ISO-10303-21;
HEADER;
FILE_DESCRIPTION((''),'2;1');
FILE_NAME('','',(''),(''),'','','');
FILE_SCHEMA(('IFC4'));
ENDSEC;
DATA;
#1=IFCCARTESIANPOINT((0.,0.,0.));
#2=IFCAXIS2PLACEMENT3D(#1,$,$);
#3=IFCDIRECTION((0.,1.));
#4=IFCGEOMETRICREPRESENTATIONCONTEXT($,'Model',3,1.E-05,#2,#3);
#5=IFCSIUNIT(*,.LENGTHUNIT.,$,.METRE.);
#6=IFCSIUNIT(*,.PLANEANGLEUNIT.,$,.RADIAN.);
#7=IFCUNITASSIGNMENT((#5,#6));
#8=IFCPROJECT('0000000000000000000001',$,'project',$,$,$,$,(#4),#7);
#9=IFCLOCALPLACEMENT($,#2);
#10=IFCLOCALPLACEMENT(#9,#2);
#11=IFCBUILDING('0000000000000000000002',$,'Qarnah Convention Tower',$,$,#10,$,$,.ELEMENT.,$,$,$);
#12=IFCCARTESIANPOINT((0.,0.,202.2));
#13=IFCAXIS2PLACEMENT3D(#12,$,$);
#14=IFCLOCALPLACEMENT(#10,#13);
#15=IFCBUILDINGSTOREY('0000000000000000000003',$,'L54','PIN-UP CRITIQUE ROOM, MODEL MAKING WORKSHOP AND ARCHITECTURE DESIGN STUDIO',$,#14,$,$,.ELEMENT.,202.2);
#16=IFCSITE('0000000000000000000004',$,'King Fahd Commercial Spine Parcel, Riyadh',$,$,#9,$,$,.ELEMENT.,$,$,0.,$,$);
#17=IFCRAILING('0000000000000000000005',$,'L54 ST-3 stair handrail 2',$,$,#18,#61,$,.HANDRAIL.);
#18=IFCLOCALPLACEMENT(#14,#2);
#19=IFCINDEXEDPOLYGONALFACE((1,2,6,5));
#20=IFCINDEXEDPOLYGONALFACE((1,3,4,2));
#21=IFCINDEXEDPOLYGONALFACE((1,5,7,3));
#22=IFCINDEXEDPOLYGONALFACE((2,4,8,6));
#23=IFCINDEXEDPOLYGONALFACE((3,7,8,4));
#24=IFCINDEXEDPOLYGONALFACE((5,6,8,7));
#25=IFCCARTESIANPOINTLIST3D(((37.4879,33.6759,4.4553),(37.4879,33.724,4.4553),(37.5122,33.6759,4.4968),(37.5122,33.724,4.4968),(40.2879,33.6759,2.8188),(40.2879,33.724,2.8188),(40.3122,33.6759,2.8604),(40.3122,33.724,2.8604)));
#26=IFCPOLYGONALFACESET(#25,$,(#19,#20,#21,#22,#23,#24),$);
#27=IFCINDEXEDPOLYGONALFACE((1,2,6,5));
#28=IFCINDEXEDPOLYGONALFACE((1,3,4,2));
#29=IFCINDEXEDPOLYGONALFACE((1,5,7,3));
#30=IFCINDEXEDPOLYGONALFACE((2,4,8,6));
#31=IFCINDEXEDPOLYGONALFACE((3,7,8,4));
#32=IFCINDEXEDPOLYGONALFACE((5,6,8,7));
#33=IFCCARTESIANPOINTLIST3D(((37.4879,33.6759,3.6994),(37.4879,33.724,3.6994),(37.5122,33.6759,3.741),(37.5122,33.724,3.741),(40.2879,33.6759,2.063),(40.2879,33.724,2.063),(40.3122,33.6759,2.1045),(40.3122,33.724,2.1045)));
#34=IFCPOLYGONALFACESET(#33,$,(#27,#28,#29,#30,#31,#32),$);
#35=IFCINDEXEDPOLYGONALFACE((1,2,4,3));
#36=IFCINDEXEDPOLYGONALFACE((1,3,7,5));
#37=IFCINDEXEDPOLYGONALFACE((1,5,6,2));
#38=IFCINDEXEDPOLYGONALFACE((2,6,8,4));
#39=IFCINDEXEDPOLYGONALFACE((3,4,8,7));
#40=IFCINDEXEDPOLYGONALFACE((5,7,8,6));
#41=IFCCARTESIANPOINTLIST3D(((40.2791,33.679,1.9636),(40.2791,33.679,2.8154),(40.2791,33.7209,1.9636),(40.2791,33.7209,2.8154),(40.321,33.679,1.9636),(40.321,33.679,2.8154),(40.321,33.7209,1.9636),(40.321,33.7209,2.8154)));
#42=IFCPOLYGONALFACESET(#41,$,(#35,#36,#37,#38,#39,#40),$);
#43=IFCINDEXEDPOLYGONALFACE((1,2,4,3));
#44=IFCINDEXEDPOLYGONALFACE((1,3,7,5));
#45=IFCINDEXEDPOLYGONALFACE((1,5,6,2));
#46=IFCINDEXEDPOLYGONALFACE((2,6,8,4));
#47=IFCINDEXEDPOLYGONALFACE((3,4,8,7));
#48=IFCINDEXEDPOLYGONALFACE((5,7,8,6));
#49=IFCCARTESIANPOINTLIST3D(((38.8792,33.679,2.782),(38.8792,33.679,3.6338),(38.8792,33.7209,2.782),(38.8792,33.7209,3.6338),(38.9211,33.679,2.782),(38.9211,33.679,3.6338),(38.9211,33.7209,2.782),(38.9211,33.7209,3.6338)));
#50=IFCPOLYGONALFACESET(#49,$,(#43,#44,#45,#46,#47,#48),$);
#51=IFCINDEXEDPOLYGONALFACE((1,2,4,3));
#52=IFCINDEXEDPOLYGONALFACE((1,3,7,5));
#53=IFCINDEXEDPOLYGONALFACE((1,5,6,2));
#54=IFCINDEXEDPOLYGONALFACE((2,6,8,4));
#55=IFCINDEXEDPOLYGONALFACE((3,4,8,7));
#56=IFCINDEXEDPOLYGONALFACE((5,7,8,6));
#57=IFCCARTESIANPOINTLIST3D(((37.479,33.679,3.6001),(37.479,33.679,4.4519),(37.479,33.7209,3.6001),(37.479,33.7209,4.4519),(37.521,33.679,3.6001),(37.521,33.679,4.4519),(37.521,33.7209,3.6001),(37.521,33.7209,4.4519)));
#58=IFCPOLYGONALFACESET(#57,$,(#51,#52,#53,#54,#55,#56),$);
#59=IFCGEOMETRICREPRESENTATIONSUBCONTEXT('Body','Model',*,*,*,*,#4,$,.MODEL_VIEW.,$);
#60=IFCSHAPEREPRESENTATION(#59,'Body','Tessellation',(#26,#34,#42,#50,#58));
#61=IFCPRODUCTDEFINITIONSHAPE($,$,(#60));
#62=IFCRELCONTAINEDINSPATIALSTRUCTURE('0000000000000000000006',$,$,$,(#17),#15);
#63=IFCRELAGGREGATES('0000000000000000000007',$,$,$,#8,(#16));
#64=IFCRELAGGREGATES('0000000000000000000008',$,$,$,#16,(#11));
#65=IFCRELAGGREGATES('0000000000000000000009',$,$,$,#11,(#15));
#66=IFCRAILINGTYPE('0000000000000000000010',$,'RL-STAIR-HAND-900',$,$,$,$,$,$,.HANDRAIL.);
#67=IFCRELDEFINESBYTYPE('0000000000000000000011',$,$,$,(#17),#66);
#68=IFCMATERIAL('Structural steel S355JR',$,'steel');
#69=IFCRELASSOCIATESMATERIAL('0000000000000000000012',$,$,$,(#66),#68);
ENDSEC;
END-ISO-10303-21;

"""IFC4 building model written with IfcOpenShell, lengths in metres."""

from ifc_helpers import new_model, si_unit, direction, frame, origin, origin_2d, place, context, subcontext, project, spatial, rectangle, extrude, material, type_object, element, save


model = new_model("IFC4")

# Units and contexts
model_context = context("Model", 3, precision=1e-05, world=origin(), true_north=direction((0.0, 1.0)))
body_context = subcontext(model_context, "Body", "Model", "MODEL_VIEW")
ifc_project = project(units=[si_unit("LENGTHUNIT", "METRE"), si_unit("PLANEANGLEUNIT", "RADIAN")], contexts=[model_context])

# Site, building, storey
site_placement = place(None, origin())
site = spatial("IfcSite", under=ifc_project, at=site_placement, Name="King Fahd Commercial Spine Parcel, Riyadh", CompositionType="ELEMENT", RefElevation=0.0)
building_placement = place(site_placement, origin())
building = spatial("IfcBuilding", under=site, at=building_placement, Name="Qarnah Convention Tower", CompositionType="ELEMENT")
storey_placement = place(building_placement, frame((0.0, 0.0, 202.2)))
storey = spatial("IfcBuildingStorey", under=building, at=storey_placement, Name="L54", Description="PIN-UP CRITIQUE ROOM, MODEL MAKING WORKSHOP AND ARCHITECTURE DESIGN STUDIO", CompositionType="ELEMENT", Elevation=202.2)

# Shared definitions
ifc_material_1 = material(Name="Structural steel S355JR", Category="steel")

# Railing
railing_type_1 = type_object("IfcRailingType", Name="RL-STAIR-HAND-900", PredefinedType="HANDRAIL", material=ifc_material_1)
railing_1_placement = place(storey_placement, frame((40.3, 33.7, 1.9636)))
element("IfcRailing", 1, at=railing_1_placement, inside=storey, type_object=railing_type_1, Name="L54 ST-3 stair handrail 2", PredefinedType="HANDRAIL", context=body_context, shape_type="SweptSolid", body=[
    extrude(rectangle(XDim=0.0481, YDim=0.0481, at=origin_2d()), frame((0.0, 0.0, 0.876), z_axis=(-0.863361, 0.0, 0.504587), x_axis=(0.0, -1.0, 0.0)), (0.0, 0.0, 1.0), 3.2432),
    extrude(rectangle(XDim=0.0481, YDim=0.0481, at=origin_2d()), frame((0.0, 0.0, 0.1201), z_axis=(-0.863361, 0.0, 0.504587), x_axis=(0.0, -1.0, 0.0)), (0.0, 0.0, 1.0), 3.2432),
    extrude(rectangle(XDim=0.042, YDim=0.042, at=origin_2d()), origin(), (0.0, 0.0, 1.0), 0.8518),
    extrude(rectangle(XDim=0.042, YDim=0.042, at=origin_2d()), frame((-1.3999, 0.0, 0.8184)), (0.0, 0.0, 1.0), 0.8518),
    extrude(rectangle(XDim=0.042, YDim=0.042, at=origin_2d()), frame((-2.8, 0.0, 1.6365)), (0.0, 0.0, 1.0), 0.8518),
])

save(model, "model.ifc")
